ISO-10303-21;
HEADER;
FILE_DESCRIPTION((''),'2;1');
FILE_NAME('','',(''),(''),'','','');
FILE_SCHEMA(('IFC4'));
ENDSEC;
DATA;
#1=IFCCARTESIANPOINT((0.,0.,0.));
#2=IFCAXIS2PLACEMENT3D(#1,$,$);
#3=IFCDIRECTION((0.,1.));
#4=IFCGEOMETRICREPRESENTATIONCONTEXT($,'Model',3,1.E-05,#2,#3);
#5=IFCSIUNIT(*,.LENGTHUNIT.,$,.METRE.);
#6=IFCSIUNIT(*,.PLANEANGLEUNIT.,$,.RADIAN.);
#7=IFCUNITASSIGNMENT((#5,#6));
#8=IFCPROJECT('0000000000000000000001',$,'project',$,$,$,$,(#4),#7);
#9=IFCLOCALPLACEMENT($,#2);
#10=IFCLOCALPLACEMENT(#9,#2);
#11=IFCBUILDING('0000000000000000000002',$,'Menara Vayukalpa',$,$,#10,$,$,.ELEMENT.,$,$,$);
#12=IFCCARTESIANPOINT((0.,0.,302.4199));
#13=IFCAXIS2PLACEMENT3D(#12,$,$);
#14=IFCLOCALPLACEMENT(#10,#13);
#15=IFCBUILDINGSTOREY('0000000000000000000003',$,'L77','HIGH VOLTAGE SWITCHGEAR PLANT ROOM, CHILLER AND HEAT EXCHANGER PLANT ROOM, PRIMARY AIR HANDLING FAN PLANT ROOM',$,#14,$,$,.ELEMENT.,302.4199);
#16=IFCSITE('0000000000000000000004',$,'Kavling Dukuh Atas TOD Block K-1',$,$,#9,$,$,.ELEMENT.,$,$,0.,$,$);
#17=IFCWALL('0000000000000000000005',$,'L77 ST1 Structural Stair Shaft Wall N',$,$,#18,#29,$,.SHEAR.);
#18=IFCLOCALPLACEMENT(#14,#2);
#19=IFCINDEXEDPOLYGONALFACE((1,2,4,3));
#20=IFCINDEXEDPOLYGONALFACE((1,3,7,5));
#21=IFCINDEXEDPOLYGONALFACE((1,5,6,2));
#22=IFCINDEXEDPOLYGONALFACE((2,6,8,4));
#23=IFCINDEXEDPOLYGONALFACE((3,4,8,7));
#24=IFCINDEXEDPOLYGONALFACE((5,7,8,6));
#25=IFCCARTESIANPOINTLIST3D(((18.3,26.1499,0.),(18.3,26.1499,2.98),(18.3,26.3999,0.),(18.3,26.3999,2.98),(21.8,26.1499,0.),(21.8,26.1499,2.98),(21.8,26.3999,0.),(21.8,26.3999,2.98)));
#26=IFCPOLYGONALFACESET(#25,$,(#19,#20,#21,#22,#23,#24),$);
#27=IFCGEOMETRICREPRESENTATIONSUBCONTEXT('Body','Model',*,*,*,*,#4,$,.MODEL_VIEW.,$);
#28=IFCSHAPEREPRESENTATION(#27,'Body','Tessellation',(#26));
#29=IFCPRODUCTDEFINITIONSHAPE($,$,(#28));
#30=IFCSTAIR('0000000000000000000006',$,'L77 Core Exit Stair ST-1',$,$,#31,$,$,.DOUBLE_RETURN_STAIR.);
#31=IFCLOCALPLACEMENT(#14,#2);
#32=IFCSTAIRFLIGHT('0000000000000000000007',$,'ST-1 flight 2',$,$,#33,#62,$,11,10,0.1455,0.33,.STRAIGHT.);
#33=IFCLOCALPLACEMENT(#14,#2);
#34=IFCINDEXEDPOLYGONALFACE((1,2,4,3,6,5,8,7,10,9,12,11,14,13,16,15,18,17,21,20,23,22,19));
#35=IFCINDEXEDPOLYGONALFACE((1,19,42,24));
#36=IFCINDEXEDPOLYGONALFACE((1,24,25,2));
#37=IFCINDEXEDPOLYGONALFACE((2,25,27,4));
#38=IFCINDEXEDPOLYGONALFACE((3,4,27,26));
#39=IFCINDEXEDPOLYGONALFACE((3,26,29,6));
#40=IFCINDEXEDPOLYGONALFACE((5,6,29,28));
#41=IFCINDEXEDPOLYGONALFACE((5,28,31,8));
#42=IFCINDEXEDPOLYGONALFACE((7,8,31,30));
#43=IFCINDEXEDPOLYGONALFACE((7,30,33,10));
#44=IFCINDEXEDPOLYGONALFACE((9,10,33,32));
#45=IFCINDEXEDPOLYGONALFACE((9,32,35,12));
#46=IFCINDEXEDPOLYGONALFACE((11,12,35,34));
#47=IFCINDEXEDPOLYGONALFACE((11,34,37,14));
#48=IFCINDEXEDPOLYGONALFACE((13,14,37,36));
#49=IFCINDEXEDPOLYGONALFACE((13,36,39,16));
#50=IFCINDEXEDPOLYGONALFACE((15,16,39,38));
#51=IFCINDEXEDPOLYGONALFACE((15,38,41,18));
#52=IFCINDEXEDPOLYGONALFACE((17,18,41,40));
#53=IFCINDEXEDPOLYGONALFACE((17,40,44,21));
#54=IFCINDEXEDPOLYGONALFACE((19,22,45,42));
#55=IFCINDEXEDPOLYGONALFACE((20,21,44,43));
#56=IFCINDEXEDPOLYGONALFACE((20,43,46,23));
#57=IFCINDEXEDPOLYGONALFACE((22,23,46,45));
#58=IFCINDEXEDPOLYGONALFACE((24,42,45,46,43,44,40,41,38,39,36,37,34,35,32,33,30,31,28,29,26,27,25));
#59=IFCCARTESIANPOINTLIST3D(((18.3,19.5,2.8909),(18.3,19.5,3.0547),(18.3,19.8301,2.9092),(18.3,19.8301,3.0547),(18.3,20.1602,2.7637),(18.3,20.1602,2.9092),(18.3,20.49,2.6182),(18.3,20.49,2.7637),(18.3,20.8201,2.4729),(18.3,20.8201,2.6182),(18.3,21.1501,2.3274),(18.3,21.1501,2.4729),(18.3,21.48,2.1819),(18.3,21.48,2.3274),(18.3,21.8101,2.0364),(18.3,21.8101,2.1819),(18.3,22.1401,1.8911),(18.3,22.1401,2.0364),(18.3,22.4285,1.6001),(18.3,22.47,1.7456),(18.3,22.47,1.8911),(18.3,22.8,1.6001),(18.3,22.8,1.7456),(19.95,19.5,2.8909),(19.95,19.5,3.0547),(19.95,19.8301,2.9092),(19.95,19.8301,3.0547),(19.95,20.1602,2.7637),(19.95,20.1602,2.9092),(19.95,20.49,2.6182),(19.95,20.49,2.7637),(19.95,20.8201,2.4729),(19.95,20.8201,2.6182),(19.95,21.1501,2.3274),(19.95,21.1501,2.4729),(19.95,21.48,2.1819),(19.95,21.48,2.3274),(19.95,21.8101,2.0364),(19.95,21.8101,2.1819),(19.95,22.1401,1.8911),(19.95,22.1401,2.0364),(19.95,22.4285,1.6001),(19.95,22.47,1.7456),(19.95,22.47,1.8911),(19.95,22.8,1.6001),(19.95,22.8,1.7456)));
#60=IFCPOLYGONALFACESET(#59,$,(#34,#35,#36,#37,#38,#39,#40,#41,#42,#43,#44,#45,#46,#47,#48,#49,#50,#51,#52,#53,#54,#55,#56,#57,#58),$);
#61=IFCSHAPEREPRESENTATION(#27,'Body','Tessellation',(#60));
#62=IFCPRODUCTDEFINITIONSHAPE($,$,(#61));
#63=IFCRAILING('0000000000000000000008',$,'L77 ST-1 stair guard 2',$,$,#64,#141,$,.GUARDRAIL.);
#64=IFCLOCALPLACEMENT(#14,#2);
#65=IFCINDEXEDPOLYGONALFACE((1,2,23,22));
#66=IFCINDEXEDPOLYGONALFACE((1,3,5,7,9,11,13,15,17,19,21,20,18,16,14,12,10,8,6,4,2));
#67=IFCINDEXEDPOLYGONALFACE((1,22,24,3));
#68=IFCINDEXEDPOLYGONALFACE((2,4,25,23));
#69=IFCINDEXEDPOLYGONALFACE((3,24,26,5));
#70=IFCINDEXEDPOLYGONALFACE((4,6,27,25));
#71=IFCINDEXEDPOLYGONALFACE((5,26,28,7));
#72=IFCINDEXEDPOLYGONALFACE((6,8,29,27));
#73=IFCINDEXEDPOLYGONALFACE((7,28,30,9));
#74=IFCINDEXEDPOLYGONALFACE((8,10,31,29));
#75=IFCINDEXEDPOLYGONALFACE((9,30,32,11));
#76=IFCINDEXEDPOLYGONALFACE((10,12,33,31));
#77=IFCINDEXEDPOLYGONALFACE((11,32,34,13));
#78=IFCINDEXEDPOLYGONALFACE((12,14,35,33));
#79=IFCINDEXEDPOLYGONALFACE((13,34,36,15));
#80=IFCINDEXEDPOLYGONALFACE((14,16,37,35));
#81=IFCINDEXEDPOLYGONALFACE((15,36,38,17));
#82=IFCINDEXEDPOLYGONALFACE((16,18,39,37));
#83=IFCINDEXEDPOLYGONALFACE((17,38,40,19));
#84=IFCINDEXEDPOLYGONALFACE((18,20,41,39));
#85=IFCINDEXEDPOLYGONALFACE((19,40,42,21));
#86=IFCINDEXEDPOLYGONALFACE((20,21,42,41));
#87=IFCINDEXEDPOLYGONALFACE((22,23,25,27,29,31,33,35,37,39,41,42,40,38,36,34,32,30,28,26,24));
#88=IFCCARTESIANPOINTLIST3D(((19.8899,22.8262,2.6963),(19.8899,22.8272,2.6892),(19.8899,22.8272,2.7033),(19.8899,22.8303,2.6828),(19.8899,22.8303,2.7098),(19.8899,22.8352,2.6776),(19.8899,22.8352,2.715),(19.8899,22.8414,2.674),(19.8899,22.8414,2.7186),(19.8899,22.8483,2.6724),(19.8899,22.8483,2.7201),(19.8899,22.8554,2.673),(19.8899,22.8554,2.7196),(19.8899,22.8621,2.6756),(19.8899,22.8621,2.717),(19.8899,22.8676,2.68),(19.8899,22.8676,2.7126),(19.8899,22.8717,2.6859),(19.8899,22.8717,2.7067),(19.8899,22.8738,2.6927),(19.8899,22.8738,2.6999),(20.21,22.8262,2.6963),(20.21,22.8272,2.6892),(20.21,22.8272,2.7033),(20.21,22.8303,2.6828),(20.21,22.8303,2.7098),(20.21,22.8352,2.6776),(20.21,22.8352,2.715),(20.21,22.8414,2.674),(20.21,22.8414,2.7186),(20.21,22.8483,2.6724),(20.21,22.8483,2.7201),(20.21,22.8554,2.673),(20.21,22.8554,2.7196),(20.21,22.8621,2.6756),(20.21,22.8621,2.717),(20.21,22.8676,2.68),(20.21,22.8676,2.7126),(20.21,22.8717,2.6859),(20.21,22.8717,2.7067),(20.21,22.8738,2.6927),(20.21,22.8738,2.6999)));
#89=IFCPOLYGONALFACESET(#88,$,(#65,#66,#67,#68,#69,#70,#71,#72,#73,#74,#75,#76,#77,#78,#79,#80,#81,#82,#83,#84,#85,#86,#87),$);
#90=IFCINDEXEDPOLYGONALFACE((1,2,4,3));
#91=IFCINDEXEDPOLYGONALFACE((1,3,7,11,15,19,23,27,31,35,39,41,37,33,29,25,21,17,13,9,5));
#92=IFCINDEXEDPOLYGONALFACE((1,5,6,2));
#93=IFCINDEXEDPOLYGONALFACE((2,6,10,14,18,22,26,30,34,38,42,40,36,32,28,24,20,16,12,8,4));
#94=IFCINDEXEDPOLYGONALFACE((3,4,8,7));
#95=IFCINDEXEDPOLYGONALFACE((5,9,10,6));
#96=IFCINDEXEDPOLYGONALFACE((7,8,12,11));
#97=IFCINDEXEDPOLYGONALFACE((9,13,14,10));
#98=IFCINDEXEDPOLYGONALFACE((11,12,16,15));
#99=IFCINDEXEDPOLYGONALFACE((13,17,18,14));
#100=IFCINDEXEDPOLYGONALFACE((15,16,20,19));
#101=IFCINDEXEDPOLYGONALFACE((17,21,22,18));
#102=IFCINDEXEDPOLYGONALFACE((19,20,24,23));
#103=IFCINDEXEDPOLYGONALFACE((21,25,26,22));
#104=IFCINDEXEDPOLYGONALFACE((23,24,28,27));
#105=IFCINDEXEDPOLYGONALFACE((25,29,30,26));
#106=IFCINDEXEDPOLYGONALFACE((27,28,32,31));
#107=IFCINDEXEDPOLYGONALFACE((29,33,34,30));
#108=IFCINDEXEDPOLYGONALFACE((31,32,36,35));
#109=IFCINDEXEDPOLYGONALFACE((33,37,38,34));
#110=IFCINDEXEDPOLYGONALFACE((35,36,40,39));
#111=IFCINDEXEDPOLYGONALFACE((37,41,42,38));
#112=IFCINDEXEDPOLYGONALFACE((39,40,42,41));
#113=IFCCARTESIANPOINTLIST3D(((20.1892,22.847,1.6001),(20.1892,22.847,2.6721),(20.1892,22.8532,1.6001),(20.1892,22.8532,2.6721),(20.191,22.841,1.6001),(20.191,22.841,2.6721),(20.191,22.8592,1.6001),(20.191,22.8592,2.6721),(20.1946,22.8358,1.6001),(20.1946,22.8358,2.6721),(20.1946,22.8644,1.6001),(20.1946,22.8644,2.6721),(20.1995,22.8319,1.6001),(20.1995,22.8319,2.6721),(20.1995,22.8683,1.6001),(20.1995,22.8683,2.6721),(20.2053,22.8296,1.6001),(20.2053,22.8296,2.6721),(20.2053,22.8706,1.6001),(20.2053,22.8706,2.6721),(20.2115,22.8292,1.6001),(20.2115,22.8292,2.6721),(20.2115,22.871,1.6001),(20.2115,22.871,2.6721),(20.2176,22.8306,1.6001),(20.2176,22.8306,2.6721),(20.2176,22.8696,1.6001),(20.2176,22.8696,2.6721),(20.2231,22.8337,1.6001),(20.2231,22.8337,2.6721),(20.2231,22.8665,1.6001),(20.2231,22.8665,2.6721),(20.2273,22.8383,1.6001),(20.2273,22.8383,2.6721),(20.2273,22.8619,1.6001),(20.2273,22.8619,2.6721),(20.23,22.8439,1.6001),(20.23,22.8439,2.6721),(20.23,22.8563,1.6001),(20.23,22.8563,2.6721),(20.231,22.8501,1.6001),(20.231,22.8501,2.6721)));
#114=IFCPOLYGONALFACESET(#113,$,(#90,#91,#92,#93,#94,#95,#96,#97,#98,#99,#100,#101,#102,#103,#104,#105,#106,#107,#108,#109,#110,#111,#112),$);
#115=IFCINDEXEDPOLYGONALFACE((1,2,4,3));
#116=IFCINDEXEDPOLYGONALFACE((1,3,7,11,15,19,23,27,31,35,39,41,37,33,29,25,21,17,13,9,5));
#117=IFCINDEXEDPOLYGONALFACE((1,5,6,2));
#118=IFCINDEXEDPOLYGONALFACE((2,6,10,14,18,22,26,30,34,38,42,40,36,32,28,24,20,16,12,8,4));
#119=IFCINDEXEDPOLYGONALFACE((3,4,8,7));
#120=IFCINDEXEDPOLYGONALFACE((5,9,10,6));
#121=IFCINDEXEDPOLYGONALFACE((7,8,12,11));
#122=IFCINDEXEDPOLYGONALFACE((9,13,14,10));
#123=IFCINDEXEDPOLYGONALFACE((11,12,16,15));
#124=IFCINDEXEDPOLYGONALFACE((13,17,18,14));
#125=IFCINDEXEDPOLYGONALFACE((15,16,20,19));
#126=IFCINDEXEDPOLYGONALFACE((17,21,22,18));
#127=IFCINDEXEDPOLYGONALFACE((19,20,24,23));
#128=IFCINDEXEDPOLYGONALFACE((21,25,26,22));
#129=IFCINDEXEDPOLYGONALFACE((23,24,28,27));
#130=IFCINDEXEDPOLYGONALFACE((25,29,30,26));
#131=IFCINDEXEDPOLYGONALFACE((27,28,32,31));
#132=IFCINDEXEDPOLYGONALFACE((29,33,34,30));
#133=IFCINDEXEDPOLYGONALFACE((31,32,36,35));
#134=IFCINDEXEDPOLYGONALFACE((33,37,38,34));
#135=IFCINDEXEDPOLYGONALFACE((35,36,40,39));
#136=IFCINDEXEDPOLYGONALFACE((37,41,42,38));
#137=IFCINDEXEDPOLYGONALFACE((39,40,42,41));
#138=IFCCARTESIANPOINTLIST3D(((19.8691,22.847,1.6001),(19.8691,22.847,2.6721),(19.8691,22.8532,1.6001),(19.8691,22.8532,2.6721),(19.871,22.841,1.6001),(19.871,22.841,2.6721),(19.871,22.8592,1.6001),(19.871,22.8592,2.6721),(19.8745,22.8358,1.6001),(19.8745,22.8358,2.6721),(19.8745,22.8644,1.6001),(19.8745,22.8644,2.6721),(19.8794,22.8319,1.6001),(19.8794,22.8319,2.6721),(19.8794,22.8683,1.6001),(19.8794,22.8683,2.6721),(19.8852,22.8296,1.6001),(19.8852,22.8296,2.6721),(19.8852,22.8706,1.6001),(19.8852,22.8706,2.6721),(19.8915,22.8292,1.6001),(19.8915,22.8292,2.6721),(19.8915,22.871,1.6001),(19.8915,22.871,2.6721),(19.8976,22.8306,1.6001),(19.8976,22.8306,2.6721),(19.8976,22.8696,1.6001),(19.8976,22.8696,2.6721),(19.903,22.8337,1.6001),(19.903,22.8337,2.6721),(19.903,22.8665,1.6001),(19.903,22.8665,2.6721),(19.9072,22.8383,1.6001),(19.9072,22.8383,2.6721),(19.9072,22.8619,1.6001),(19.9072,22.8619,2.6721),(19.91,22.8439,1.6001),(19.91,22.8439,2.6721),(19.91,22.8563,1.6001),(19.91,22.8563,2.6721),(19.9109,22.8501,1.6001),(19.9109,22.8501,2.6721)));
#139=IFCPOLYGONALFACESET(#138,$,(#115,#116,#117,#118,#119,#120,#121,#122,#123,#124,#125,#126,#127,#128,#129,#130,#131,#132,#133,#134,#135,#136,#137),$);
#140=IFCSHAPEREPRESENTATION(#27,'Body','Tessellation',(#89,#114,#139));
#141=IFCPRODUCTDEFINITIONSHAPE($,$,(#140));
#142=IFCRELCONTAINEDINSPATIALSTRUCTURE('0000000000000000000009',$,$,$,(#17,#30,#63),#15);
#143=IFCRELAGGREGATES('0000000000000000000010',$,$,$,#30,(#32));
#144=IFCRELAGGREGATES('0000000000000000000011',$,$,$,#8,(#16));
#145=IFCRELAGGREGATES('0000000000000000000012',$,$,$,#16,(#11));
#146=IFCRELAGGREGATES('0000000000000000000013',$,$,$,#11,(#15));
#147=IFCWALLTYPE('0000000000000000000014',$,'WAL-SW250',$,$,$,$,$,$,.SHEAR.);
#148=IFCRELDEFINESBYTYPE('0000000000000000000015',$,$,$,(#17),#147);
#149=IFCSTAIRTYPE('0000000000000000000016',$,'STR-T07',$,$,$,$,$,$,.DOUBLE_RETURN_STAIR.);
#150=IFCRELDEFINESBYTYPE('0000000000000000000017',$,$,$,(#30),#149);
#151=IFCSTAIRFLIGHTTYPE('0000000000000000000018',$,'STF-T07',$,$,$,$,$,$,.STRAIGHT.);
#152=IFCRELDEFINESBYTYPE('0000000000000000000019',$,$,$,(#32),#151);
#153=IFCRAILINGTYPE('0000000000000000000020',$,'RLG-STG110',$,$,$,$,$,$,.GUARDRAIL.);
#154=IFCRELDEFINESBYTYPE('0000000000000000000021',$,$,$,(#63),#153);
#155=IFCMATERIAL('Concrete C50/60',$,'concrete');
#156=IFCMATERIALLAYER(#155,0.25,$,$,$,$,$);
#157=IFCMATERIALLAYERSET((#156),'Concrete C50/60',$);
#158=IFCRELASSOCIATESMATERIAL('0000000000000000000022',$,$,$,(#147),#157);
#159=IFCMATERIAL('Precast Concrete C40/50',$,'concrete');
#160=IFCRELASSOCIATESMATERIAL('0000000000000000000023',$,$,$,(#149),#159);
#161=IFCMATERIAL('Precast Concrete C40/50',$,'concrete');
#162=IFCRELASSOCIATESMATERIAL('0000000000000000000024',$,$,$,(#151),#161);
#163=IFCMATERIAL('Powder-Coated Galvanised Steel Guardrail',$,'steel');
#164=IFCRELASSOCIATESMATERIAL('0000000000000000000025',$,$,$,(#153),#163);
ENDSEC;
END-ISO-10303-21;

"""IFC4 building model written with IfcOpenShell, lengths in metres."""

from ifc_helpers import new_model, si_unit, direction, frame, frame_2d, origin, origin_2d, place, context, subcontext, project, spatial, polyline, rectangle, circle, outline, extrude, material, layer, layer_set, type_object, element, aggregate, save


model = new_model("IFC4")

# Units and contexts
model_context = context("Model", 3, precision=1e-05, world=origin(), true_north=direction((0.0, 1.0)))
body_context = subcontext(model_context, "Body", "Model", "MODEL_VIEW")
ifc_project = project(units=[si_unit("LENGTHUNIT", "METRE"), si_unit("PLANEANGLEUNIT", "RADIAN")], contexts=[model_context])

# Site, building, storey
site_placement = place(None, origin())
site = spatial("IfcSite", under=ifc_project, at=site_placement, Name="Kavling Dukuh Atas TOD Block K-1", CompositionType="ELEMENT", RefElevation=0.0)
building_placement = place(site_placement, origin())
building = spatial("IfcBuilding", under=site, at=building_placement, Name="Menara Vayukalpa", CompositionType="ELEMENT")
storey_placement = place(building_placement, frame((0.0, 0.0, 302.4199)))
storey = spatial("IfcBuildingStorey", under=building, at=storey_placement, Name="L77", Description="HIGH VOLTAGE SWITCHGEAR PLANT ROOM, CHILLER AND HEAT EXCHANGER PLANT ROOM, PRIMARY AIR HANDLING FAN PLANT ROOM", CompositionType="ELEMENT", Elevation=302.4199)

# Wall
ifc_material_1 = material(Name="Concrete C50/60", Category="concrete")
ifc_layer_1 = layer(ifc_material_1, 0.25)
ifc_layer_set_1 = layer_set([ifc_layer_1], Name="Concrete C50/60")
wall_type_1 = type_object("IfcWallType", Name="WAL-SW250", PredefinedType="SHEAR", material=ifc_layer_set_1)
wall_1_placement = place(storey_placement, frame((18.3, 26.2749, 0.0), z_axis=(0.0, 0.0, 1.0), x_axis=(1.0, 0.0, 0.0)))
element("IfcWall", 1, at=wall_1_placement, inside=storey, type_object=wall_type_1, Name="L77 ST1 Structural Stair Shaft Wall N", PredefinedType="SHEAR", context=body_context, shape_type="SweptSolid", body=[
    extrude(rectangle(XDim=3.5, YDim=0.25, at=frame_2d((1.75, 0.0))), origin(), (0.0, 0.0, 1.0), 2.98),
])

# Stair, stair flight
ifc_material_2 = material(Name="Precast Concrete C40/50", Category="concrete")
stair_type = type_object("IfcStairType", Name="STR-T07", PredefinedType="DOUBLE_RETURN_STAIR", material=ifc_material_2)
stair_placement = place(storey_placement, origin())
stair = element("IfcStair", 2, at=stair_placement, inside=storey, type_object=stair_type, Name="L77 Core Exit Stair ST-1", PredefinedType="DOUBLE_RETURN_STAIR")
ifc_material_3 = material(Name="Precast Concrete C40/50", Category="concrete")
stair_flight_type = type_object("IfcStairFlightType", Name="STF-T07", PredefinedType="STRAIGHT", material=ifc_material_3)
stair_flight_placement = place(storey_placement, frame((19.125, 22.8, 1.6001), z_axis=(0.0, 0.0, 1.0), x_axis=(0.0, -1.0, 0.0)))
stair_flight = element("IfcStairFlight", 3, at=stair_flight_placement, type_object=stair_flight_type, Name="ST-1 flight 2", NumberOfRisers=11, NumberOfTreads=10, PredefinedType="STRAIGHT", RiserHeight=0.1455, TreadLength=0.33, context=body_context, shape_type="SweptSolid", body=[
    extrude(outline(polyline([(0.0, 0.0), (0.0, 0.1455), (0.3301, 0.1455), (0.3301, 0.291), (0.6599, 0.291), (0.6599, 0.4363), (0.99, 0.4363), (0.99, 0.5818), (1.3201, 0.5818), (1.3201, 0.7273), (1.6499, 0.7273), (1.6499, 0.8728), (1.98, 0.8728), (1.98, 1.0181), (2.3101, 1.0181), (2.3101, 1.1636), (2.6399, 1.1636), (2.6399, 1.3091), (2.97, 1.3091), (2.97, 1.4546), (3.3, 1.4546), (3.3, 1.6001), (3.3, 1.2908), (0.3716, 0.0), (0.0, 0.0)])), frame((0.0, 0.825, 0.0), z_axis=(0.0, -1.0, 0.0), x_axis=(1.0, 0.0, 0.0)), (0.0, 0.0, 1.0), 1.6499),
])
aggregate(stair, [stair_flight])

# Railing
ifc_material_4 = material(Name="Powder-Coated Galvanised Steel Guardrail", Category="steel")
railing_type_1 = type_object("IfcRailingType", Name="RLG-STG110", PredefinedType="GUARDRAIL", material=ifc_material_4)
railing_1_placement = place(storey_placement, frame((20.21, 22.8501, 1.6001)))
element("IfcRailing", 4, at=railing_1_placement, inside=storey, type_object=railing_type_1, Name="L77 ST-1 stair guard 2", PredefinedType="GUARDRAIL", context=body_context, shape_type="SweptSolid", body=[
    extrude(circle(Radius=0.0239, at=origin_2d()), frame((0.0, 0.0, 1.0962), z_axis=(-1.0, 0.0, 0.0), x_axis=(0.0, -1.0, 0.0)), (0.0, 0.0, 1.0), 0.3201),
    extrude(circle(Radius=0.021, at=origin_2d()), origin(), (0.0, 0.0, 1.0), 1.072),
    extrude(circle(Radius=0.021, at=origin_2d()), frame((-0.3201, 0.0, 0.0)), (0.0, 0.0, 1.0), 1.072),
])

save(model, "model.ifc")
